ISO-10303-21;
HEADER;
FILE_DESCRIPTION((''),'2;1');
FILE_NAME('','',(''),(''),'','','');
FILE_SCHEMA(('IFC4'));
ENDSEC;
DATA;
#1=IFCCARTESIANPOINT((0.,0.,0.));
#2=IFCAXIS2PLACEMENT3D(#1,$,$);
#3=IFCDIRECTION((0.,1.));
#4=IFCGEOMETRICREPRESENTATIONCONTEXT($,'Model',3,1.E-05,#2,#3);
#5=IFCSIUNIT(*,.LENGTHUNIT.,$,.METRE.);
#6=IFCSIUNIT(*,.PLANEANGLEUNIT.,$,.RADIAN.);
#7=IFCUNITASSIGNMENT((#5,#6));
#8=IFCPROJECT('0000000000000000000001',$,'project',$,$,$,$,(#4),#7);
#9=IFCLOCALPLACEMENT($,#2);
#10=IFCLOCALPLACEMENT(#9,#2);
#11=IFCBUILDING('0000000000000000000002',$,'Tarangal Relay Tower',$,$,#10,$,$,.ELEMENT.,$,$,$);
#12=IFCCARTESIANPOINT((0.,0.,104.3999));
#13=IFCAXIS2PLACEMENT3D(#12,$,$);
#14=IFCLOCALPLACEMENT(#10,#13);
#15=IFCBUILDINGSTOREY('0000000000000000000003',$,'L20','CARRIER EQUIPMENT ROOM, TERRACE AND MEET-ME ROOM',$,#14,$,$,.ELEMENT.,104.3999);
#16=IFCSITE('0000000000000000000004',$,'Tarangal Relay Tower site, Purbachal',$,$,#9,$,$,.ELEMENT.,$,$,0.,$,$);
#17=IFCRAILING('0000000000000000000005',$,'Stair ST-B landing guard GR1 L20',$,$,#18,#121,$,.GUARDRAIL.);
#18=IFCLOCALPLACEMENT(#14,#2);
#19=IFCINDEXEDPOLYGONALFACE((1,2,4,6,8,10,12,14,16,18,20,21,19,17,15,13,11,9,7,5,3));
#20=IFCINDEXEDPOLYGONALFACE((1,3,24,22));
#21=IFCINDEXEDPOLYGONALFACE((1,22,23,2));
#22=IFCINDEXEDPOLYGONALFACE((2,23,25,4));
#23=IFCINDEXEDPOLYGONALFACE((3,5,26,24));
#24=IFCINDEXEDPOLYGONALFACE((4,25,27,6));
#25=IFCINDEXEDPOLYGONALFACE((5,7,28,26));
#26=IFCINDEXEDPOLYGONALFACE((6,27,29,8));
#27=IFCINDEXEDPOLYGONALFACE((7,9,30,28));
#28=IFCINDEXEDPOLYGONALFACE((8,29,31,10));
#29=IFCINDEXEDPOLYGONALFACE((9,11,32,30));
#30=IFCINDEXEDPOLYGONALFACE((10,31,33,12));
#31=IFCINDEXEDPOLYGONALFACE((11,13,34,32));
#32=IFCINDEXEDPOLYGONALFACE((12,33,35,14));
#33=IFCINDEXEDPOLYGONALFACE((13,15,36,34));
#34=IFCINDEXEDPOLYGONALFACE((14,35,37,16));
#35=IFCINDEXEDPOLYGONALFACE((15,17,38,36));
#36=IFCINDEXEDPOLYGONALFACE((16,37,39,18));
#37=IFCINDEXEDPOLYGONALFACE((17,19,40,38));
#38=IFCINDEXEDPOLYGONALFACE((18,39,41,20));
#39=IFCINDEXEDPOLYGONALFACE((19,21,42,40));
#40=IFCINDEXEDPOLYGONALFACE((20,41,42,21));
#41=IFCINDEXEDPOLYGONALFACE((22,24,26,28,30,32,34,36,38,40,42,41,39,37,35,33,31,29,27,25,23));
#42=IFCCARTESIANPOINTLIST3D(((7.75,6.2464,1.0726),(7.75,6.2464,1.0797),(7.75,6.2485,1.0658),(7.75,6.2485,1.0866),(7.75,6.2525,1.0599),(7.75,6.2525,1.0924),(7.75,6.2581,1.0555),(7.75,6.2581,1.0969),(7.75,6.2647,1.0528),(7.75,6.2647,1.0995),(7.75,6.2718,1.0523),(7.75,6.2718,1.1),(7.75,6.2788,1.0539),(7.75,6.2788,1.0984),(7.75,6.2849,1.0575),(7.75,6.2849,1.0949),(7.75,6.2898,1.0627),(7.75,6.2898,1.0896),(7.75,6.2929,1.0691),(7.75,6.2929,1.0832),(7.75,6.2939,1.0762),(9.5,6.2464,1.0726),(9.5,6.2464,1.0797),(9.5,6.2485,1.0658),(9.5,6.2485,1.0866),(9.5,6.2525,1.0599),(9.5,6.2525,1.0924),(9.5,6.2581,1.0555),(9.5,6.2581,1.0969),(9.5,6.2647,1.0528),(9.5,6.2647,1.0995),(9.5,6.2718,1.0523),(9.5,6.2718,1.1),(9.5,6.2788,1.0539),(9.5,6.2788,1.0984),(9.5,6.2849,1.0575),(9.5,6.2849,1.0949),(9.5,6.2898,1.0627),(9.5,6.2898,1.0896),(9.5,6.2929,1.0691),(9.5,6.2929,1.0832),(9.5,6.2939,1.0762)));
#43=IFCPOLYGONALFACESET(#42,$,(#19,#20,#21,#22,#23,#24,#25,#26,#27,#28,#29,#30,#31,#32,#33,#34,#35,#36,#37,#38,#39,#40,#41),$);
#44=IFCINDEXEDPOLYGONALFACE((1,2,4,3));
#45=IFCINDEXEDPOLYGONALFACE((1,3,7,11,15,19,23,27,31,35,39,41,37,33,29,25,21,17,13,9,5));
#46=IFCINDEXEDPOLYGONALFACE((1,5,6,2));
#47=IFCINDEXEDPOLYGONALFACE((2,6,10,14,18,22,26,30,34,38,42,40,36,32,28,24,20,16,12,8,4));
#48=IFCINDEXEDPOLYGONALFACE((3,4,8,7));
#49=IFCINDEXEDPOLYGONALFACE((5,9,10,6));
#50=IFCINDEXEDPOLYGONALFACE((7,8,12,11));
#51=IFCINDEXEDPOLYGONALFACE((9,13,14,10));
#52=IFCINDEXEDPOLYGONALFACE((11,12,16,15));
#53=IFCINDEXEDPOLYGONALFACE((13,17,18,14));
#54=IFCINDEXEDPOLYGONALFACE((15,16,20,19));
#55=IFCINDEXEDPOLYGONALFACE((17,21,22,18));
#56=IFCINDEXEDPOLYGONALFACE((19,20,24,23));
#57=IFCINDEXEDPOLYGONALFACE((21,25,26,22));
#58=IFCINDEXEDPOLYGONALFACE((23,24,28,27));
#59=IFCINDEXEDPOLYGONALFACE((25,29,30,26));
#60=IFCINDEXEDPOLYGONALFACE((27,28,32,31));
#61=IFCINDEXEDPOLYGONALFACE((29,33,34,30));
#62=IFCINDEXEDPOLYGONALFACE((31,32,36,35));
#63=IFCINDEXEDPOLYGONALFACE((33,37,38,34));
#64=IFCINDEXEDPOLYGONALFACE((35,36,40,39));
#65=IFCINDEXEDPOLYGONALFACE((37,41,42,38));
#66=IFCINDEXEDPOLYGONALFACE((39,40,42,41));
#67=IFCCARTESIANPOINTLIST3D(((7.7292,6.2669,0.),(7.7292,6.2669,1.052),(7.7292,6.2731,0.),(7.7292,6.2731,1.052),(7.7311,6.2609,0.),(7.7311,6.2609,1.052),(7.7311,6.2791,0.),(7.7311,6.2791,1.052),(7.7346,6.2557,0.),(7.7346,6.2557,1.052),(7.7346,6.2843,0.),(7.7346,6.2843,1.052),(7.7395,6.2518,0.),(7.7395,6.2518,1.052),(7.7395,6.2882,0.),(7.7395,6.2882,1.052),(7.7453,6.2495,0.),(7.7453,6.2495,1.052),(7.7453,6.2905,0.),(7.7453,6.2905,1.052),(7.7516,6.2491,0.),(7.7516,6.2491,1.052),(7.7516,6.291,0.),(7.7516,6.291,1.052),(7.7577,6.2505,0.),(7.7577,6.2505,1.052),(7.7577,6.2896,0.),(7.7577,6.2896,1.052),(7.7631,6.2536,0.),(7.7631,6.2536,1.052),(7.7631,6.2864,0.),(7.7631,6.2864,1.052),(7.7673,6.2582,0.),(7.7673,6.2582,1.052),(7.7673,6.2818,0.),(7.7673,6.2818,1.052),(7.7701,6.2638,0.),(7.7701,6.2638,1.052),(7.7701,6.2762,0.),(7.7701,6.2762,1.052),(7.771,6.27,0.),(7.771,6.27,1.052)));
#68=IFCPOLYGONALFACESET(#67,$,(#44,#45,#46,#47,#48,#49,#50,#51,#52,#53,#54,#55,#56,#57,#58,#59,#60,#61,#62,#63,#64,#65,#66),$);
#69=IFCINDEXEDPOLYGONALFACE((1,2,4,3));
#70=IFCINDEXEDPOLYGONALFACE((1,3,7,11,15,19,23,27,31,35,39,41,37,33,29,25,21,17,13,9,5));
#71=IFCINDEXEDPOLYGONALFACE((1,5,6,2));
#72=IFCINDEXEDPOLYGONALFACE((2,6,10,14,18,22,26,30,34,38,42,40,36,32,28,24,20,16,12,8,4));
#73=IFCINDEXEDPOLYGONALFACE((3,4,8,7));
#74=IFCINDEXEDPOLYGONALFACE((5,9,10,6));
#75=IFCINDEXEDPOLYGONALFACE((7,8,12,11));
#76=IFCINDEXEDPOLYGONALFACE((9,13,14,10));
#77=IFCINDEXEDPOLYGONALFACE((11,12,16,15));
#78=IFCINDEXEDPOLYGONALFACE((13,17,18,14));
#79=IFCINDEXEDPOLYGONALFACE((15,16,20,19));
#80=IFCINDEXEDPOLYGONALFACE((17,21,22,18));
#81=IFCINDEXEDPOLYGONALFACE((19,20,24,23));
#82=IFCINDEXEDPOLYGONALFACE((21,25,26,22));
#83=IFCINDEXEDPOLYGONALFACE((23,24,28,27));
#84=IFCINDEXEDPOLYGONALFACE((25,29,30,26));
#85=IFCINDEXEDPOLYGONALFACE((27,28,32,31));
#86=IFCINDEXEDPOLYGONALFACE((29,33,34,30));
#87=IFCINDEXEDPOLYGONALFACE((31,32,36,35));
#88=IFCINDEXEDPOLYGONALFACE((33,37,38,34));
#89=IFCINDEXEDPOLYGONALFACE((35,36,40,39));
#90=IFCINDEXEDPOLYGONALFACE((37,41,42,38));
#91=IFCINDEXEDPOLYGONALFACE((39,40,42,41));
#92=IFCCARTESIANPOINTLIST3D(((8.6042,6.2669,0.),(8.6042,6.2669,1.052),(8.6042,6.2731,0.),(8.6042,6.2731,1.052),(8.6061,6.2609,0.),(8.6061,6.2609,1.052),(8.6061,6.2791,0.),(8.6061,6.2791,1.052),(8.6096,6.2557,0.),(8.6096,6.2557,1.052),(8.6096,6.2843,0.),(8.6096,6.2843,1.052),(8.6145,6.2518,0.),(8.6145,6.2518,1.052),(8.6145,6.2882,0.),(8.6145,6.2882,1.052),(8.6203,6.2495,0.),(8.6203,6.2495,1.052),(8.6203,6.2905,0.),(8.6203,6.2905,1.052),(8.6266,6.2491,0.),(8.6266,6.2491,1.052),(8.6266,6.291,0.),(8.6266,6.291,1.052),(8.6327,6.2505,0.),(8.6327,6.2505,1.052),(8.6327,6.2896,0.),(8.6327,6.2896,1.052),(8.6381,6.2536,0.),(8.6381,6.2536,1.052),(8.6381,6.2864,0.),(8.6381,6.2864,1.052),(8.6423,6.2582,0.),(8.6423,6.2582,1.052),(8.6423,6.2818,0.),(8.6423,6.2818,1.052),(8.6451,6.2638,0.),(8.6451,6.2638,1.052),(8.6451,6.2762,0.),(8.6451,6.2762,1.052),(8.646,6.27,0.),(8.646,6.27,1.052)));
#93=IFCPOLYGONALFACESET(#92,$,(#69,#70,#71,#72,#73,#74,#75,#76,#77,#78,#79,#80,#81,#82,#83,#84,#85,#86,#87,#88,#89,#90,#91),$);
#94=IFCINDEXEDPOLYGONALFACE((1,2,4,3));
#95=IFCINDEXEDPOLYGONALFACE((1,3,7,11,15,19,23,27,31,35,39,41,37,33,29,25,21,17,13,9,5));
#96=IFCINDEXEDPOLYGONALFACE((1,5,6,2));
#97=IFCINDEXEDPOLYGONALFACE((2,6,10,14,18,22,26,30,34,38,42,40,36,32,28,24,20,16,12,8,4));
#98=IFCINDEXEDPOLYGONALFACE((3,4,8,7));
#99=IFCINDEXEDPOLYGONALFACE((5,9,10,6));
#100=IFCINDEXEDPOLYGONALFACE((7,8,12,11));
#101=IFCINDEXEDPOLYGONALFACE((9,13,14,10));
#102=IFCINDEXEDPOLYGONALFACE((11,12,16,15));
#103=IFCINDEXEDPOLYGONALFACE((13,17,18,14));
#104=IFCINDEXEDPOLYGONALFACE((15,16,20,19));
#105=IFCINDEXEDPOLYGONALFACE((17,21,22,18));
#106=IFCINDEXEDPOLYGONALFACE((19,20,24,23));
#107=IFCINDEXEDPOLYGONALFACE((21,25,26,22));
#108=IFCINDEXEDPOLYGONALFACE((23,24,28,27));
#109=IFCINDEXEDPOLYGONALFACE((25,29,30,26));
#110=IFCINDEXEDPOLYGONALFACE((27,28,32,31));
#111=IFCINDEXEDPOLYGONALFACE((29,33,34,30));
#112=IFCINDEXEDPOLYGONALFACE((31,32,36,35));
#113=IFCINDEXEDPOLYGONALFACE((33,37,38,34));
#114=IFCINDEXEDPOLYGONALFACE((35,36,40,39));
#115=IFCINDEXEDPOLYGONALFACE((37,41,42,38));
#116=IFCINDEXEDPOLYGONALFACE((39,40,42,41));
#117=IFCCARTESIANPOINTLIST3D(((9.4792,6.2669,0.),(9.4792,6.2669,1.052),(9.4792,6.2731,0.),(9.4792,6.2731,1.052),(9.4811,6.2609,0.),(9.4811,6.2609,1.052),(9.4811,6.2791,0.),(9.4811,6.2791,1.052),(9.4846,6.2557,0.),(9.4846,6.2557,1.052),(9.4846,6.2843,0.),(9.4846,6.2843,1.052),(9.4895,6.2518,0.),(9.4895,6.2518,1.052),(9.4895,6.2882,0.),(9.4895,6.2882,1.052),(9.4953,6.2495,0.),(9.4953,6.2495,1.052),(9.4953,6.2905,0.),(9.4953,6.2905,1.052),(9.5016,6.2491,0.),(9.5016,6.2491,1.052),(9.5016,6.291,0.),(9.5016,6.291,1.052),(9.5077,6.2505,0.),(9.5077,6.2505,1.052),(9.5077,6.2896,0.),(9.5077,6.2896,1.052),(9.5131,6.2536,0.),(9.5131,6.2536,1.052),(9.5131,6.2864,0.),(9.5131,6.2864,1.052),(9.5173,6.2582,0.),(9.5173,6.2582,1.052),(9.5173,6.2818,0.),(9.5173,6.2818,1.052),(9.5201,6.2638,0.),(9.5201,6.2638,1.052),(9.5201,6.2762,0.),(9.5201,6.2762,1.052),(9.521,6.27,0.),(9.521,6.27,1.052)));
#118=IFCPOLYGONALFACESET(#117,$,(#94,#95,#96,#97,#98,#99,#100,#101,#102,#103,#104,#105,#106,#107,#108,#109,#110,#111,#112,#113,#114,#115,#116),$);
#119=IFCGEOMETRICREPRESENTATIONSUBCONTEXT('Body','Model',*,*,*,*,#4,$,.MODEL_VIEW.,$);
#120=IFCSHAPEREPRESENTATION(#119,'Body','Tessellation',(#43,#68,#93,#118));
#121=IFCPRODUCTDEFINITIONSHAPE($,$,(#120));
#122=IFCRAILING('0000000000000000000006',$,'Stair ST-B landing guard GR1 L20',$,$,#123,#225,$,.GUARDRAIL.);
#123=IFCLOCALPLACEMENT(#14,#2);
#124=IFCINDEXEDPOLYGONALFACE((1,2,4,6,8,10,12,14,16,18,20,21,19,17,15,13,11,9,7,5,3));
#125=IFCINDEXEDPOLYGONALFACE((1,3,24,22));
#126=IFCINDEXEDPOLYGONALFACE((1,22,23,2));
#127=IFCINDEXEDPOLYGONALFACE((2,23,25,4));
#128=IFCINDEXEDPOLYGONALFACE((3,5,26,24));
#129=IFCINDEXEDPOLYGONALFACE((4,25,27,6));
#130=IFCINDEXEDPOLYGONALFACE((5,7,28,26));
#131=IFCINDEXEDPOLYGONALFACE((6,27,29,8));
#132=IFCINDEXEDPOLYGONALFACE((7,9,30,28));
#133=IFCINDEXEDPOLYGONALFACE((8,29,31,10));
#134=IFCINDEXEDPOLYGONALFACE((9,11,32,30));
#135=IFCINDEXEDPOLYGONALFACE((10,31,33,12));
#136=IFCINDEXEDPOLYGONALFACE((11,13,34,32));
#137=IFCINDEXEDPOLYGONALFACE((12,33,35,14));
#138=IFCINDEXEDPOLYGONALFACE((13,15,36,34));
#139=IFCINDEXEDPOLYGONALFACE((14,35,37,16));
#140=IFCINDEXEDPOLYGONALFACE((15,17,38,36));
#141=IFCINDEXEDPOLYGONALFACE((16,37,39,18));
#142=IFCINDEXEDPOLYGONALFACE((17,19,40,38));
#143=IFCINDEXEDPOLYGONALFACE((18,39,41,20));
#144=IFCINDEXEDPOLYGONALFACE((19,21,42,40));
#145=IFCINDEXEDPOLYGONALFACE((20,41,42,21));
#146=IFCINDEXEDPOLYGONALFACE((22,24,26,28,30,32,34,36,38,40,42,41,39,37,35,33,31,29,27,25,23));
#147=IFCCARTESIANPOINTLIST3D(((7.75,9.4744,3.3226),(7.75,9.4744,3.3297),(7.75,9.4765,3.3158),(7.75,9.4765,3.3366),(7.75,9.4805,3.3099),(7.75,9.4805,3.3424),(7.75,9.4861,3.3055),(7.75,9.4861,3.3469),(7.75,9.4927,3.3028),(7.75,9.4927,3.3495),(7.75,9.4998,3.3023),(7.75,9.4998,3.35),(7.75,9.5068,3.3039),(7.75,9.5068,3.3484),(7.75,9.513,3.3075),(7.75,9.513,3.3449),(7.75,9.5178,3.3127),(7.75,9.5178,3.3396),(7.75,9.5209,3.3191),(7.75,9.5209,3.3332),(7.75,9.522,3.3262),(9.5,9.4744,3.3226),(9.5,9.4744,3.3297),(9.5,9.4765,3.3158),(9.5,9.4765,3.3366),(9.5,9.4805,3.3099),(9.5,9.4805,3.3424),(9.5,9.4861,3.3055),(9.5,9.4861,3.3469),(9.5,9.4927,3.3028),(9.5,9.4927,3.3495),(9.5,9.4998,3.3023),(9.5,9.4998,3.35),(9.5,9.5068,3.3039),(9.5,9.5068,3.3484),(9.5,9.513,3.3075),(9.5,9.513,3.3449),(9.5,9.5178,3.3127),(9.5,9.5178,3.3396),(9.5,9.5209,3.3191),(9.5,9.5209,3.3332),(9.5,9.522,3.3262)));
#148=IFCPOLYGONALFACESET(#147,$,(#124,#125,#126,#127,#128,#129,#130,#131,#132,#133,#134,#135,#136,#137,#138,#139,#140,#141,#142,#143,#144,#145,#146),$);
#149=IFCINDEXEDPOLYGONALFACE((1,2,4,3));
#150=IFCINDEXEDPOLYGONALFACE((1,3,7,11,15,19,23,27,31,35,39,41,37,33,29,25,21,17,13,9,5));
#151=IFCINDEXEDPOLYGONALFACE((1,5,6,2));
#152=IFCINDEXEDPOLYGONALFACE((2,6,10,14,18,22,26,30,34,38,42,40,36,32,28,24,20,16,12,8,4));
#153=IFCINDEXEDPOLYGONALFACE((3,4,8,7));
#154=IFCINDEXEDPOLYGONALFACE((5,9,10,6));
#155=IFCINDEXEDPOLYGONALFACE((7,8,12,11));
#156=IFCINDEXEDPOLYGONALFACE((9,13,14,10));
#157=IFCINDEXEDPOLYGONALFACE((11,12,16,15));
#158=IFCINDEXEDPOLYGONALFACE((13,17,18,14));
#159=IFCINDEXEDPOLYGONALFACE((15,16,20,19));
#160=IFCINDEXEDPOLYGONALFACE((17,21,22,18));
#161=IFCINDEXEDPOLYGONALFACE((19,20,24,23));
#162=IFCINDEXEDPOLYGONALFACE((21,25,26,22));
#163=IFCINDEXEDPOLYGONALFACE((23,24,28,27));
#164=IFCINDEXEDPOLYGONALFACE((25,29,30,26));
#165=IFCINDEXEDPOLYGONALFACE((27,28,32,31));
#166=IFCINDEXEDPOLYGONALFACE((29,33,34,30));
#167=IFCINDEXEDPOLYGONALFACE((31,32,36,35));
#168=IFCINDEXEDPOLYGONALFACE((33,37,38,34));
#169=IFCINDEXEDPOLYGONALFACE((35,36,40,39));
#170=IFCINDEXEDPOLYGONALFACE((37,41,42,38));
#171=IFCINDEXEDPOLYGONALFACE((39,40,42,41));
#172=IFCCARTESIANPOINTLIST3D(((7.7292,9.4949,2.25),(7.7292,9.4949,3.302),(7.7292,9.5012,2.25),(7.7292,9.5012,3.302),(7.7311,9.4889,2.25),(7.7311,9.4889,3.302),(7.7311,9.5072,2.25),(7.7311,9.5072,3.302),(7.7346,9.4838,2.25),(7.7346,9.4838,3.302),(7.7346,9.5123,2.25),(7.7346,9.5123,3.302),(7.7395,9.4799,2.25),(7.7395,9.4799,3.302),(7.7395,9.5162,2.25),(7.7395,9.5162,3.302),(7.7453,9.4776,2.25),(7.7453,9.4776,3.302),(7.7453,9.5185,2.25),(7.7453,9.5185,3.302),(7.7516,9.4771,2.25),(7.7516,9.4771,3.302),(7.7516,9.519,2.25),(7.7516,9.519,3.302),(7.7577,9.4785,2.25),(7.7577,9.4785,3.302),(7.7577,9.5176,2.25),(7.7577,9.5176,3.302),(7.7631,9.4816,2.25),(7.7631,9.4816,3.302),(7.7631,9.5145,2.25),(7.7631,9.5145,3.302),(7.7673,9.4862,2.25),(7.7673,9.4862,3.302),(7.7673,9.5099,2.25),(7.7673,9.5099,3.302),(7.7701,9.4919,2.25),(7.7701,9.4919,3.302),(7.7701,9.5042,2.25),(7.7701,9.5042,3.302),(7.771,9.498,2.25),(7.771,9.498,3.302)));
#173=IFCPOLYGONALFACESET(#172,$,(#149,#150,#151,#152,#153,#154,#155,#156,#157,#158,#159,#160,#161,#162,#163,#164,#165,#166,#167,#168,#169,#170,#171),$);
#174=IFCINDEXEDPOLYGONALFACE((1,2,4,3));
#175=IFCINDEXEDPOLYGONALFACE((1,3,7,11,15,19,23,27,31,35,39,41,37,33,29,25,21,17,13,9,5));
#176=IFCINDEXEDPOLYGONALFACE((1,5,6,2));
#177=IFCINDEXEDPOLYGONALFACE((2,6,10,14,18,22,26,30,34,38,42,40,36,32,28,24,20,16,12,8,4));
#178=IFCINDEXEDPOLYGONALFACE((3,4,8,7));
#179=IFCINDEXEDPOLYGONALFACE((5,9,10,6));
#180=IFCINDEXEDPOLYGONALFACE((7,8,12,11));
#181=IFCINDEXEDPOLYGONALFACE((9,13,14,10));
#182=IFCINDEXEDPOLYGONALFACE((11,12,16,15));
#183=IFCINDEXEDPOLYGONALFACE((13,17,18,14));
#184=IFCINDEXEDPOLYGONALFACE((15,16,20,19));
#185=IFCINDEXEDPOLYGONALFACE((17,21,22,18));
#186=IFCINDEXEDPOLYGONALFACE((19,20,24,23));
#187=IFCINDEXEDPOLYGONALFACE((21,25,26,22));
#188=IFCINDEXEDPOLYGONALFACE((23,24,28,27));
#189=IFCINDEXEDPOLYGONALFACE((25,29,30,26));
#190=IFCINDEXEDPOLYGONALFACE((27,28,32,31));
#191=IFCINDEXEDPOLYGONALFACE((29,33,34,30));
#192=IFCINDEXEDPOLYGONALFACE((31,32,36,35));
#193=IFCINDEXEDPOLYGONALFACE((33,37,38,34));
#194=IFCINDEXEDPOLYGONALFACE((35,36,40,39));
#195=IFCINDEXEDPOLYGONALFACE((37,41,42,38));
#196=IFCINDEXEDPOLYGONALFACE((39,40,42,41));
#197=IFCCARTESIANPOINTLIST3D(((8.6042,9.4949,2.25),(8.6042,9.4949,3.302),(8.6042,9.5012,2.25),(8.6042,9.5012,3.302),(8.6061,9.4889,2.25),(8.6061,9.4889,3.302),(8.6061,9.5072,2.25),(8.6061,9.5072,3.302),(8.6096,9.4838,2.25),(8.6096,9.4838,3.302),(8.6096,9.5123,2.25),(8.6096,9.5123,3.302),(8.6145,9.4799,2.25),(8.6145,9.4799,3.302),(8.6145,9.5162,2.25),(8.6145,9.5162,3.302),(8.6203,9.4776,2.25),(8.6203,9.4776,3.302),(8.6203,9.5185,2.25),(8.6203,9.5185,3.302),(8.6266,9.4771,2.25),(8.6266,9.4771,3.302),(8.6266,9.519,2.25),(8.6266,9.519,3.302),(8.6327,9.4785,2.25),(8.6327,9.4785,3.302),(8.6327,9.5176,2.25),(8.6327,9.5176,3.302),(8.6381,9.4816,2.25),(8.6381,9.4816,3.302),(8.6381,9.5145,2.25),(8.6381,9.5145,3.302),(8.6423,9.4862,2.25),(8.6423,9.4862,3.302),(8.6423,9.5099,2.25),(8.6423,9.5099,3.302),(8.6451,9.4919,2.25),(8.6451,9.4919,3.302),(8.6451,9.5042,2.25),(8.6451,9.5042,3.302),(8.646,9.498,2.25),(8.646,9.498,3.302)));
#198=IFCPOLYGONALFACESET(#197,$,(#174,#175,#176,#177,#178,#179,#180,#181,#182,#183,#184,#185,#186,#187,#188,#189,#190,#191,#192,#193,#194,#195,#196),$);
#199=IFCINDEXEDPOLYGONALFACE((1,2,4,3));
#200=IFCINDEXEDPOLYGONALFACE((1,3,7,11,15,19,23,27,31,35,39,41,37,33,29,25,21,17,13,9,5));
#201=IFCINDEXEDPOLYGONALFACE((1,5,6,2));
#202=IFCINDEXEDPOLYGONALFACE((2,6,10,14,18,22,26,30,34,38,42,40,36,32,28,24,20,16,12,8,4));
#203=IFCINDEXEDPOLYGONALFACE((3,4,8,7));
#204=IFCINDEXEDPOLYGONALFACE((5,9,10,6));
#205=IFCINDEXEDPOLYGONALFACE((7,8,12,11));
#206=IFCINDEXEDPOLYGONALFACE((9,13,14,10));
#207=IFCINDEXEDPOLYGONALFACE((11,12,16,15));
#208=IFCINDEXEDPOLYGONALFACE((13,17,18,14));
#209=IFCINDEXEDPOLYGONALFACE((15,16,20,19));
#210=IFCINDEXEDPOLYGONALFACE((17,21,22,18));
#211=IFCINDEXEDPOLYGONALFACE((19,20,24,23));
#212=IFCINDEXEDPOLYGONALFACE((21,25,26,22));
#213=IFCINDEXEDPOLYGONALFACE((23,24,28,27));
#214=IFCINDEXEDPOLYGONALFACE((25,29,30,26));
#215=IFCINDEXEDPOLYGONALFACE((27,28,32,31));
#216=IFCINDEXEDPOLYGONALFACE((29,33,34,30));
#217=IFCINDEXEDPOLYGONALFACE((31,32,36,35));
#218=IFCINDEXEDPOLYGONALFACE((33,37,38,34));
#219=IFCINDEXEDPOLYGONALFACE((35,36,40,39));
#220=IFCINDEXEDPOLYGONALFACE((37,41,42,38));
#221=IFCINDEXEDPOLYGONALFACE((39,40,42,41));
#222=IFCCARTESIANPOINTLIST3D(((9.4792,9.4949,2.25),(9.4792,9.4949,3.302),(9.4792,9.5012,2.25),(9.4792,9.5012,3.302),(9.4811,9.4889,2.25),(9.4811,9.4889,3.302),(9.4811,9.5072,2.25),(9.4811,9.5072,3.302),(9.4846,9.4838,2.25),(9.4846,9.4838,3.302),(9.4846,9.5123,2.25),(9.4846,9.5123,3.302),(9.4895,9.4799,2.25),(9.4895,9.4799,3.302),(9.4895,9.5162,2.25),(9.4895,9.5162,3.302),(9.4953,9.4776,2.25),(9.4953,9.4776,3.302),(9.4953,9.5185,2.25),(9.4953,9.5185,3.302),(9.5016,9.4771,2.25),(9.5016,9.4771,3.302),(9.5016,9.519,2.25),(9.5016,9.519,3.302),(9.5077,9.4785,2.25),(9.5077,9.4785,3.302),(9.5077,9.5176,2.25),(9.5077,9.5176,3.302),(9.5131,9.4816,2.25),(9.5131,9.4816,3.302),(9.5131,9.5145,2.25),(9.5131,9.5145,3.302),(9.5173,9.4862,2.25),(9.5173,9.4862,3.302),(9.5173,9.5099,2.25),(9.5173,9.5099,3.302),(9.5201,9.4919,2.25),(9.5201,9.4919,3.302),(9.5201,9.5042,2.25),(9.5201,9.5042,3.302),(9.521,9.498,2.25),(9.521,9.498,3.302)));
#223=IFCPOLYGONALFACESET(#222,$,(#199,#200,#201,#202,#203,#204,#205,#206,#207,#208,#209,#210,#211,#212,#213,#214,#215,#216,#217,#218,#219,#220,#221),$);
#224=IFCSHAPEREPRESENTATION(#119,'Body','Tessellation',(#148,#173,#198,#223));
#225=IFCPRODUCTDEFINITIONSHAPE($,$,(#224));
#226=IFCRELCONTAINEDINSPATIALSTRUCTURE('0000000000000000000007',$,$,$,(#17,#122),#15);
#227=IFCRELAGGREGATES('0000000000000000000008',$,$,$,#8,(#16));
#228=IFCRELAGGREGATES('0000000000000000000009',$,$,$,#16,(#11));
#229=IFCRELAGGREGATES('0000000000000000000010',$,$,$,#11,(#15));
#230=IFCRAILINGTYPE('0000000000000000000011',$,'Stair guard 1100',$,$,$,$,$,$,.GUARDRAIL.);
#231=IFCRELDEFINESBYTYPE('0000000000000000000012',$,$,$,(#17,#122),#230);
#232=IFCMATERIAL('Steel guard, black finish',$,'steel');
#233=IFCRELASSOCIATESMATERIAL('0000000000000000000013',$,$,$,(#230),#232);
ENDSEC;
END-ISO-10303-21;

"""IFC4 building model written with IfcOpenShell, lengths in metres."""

from ifc_helpers import new_model, si_unit, direction, frame, origin, origin_2d, place, context, subcontext, project, spatial, circle, extrude, material, type_object, element, save


model = new_model("IFC4")

# Units and contexts
model_context = context("Model", 3, precision=1e-05, world=origin(), true_north=direction((0.0, 1.0)))
body_context = subcontext(model_context, "Body", "Model", "MODEL_VIEW")
ifc_project = project(units=[si_unit("LENGTHUNIT", "METRE"), si_unit("PLANEANGLEUNIT", "RADIAN")], contexts=[model_context])

# Site, building, storey
site_placement = place(None, origin())
site = spatial("IfcSite", under=ifc_project, at=site_placement, Name="Tarangal Relay Tower site, Purbachal", CompositionType="ELEMENT", RefElevation=0.0)
building_placement = place(site_placement, origin())
building = spatial("IfcBuilding", under=site, at=building_placement, Name="Tarangal Relay Tower", CompositionType="ELEMENT")
storey_placement = place(building_placement, frame((0.0, 0.0, 104.3999)))
storey = spatial("IfcBuildingStorey", under=building, at=storey_placement, Name="L20", Description="CARRIER EQUIPMENT ROOM, TERRACE AND MEET-ME ROOM", CompositionType="ELEMENT", Elevation=104.3999)

# Railings
ifc_material_1 = material(Name="Steel guard, black finish", Category="steel")
railing_type_1 = type_object("IfcRailingType", Name="Stair guard 1100", PredefinedType="GUARDRAIL", material=ifc_material_1)
for number, where, name in (
    (1, (7.75, 6.27, 0.0), "Stair ST-B landing guard GR1 L20"),
    (2, (7.75, 9.498, 2.25), "Stair ST-B landing guard GR1 L20"),
):
    element("IfcRailing", number, at=place(storey_placement, frame(where)), inside=storey, type_object=railing_type_1, Name=name, PredefinedType="GUARDRAIL", context=body_context, shape_type="SweptSolid", body=[
        extrude(circle(Radius=0.0239, at=origin_2d()), frame((0.0, 0.0, 1.0762), z_axis=(1.0, 0.0, 0.0), x_axis=(0.0, 1.0, 0.0)), (0.0, 0.0, 1.0), 1.75),
        extrude(circle(Radius=0.021, at=origin_2d()), origin(), (0.0, 0.0, 1.0), 1.052),
        extrude(circle(Radius=0.021, at=origin_2d()), frame((0.875, 0.0, 0.0)), (0.0, 0.0, 1.0), 1.052),
        extrude(circle(Radius=0.021, at=origin_2d()), frame((1.75, 0.0, 0.0)), (0.0, 0.0, 1.0), 1.052),
    ])

save(model, "model.ifc")
